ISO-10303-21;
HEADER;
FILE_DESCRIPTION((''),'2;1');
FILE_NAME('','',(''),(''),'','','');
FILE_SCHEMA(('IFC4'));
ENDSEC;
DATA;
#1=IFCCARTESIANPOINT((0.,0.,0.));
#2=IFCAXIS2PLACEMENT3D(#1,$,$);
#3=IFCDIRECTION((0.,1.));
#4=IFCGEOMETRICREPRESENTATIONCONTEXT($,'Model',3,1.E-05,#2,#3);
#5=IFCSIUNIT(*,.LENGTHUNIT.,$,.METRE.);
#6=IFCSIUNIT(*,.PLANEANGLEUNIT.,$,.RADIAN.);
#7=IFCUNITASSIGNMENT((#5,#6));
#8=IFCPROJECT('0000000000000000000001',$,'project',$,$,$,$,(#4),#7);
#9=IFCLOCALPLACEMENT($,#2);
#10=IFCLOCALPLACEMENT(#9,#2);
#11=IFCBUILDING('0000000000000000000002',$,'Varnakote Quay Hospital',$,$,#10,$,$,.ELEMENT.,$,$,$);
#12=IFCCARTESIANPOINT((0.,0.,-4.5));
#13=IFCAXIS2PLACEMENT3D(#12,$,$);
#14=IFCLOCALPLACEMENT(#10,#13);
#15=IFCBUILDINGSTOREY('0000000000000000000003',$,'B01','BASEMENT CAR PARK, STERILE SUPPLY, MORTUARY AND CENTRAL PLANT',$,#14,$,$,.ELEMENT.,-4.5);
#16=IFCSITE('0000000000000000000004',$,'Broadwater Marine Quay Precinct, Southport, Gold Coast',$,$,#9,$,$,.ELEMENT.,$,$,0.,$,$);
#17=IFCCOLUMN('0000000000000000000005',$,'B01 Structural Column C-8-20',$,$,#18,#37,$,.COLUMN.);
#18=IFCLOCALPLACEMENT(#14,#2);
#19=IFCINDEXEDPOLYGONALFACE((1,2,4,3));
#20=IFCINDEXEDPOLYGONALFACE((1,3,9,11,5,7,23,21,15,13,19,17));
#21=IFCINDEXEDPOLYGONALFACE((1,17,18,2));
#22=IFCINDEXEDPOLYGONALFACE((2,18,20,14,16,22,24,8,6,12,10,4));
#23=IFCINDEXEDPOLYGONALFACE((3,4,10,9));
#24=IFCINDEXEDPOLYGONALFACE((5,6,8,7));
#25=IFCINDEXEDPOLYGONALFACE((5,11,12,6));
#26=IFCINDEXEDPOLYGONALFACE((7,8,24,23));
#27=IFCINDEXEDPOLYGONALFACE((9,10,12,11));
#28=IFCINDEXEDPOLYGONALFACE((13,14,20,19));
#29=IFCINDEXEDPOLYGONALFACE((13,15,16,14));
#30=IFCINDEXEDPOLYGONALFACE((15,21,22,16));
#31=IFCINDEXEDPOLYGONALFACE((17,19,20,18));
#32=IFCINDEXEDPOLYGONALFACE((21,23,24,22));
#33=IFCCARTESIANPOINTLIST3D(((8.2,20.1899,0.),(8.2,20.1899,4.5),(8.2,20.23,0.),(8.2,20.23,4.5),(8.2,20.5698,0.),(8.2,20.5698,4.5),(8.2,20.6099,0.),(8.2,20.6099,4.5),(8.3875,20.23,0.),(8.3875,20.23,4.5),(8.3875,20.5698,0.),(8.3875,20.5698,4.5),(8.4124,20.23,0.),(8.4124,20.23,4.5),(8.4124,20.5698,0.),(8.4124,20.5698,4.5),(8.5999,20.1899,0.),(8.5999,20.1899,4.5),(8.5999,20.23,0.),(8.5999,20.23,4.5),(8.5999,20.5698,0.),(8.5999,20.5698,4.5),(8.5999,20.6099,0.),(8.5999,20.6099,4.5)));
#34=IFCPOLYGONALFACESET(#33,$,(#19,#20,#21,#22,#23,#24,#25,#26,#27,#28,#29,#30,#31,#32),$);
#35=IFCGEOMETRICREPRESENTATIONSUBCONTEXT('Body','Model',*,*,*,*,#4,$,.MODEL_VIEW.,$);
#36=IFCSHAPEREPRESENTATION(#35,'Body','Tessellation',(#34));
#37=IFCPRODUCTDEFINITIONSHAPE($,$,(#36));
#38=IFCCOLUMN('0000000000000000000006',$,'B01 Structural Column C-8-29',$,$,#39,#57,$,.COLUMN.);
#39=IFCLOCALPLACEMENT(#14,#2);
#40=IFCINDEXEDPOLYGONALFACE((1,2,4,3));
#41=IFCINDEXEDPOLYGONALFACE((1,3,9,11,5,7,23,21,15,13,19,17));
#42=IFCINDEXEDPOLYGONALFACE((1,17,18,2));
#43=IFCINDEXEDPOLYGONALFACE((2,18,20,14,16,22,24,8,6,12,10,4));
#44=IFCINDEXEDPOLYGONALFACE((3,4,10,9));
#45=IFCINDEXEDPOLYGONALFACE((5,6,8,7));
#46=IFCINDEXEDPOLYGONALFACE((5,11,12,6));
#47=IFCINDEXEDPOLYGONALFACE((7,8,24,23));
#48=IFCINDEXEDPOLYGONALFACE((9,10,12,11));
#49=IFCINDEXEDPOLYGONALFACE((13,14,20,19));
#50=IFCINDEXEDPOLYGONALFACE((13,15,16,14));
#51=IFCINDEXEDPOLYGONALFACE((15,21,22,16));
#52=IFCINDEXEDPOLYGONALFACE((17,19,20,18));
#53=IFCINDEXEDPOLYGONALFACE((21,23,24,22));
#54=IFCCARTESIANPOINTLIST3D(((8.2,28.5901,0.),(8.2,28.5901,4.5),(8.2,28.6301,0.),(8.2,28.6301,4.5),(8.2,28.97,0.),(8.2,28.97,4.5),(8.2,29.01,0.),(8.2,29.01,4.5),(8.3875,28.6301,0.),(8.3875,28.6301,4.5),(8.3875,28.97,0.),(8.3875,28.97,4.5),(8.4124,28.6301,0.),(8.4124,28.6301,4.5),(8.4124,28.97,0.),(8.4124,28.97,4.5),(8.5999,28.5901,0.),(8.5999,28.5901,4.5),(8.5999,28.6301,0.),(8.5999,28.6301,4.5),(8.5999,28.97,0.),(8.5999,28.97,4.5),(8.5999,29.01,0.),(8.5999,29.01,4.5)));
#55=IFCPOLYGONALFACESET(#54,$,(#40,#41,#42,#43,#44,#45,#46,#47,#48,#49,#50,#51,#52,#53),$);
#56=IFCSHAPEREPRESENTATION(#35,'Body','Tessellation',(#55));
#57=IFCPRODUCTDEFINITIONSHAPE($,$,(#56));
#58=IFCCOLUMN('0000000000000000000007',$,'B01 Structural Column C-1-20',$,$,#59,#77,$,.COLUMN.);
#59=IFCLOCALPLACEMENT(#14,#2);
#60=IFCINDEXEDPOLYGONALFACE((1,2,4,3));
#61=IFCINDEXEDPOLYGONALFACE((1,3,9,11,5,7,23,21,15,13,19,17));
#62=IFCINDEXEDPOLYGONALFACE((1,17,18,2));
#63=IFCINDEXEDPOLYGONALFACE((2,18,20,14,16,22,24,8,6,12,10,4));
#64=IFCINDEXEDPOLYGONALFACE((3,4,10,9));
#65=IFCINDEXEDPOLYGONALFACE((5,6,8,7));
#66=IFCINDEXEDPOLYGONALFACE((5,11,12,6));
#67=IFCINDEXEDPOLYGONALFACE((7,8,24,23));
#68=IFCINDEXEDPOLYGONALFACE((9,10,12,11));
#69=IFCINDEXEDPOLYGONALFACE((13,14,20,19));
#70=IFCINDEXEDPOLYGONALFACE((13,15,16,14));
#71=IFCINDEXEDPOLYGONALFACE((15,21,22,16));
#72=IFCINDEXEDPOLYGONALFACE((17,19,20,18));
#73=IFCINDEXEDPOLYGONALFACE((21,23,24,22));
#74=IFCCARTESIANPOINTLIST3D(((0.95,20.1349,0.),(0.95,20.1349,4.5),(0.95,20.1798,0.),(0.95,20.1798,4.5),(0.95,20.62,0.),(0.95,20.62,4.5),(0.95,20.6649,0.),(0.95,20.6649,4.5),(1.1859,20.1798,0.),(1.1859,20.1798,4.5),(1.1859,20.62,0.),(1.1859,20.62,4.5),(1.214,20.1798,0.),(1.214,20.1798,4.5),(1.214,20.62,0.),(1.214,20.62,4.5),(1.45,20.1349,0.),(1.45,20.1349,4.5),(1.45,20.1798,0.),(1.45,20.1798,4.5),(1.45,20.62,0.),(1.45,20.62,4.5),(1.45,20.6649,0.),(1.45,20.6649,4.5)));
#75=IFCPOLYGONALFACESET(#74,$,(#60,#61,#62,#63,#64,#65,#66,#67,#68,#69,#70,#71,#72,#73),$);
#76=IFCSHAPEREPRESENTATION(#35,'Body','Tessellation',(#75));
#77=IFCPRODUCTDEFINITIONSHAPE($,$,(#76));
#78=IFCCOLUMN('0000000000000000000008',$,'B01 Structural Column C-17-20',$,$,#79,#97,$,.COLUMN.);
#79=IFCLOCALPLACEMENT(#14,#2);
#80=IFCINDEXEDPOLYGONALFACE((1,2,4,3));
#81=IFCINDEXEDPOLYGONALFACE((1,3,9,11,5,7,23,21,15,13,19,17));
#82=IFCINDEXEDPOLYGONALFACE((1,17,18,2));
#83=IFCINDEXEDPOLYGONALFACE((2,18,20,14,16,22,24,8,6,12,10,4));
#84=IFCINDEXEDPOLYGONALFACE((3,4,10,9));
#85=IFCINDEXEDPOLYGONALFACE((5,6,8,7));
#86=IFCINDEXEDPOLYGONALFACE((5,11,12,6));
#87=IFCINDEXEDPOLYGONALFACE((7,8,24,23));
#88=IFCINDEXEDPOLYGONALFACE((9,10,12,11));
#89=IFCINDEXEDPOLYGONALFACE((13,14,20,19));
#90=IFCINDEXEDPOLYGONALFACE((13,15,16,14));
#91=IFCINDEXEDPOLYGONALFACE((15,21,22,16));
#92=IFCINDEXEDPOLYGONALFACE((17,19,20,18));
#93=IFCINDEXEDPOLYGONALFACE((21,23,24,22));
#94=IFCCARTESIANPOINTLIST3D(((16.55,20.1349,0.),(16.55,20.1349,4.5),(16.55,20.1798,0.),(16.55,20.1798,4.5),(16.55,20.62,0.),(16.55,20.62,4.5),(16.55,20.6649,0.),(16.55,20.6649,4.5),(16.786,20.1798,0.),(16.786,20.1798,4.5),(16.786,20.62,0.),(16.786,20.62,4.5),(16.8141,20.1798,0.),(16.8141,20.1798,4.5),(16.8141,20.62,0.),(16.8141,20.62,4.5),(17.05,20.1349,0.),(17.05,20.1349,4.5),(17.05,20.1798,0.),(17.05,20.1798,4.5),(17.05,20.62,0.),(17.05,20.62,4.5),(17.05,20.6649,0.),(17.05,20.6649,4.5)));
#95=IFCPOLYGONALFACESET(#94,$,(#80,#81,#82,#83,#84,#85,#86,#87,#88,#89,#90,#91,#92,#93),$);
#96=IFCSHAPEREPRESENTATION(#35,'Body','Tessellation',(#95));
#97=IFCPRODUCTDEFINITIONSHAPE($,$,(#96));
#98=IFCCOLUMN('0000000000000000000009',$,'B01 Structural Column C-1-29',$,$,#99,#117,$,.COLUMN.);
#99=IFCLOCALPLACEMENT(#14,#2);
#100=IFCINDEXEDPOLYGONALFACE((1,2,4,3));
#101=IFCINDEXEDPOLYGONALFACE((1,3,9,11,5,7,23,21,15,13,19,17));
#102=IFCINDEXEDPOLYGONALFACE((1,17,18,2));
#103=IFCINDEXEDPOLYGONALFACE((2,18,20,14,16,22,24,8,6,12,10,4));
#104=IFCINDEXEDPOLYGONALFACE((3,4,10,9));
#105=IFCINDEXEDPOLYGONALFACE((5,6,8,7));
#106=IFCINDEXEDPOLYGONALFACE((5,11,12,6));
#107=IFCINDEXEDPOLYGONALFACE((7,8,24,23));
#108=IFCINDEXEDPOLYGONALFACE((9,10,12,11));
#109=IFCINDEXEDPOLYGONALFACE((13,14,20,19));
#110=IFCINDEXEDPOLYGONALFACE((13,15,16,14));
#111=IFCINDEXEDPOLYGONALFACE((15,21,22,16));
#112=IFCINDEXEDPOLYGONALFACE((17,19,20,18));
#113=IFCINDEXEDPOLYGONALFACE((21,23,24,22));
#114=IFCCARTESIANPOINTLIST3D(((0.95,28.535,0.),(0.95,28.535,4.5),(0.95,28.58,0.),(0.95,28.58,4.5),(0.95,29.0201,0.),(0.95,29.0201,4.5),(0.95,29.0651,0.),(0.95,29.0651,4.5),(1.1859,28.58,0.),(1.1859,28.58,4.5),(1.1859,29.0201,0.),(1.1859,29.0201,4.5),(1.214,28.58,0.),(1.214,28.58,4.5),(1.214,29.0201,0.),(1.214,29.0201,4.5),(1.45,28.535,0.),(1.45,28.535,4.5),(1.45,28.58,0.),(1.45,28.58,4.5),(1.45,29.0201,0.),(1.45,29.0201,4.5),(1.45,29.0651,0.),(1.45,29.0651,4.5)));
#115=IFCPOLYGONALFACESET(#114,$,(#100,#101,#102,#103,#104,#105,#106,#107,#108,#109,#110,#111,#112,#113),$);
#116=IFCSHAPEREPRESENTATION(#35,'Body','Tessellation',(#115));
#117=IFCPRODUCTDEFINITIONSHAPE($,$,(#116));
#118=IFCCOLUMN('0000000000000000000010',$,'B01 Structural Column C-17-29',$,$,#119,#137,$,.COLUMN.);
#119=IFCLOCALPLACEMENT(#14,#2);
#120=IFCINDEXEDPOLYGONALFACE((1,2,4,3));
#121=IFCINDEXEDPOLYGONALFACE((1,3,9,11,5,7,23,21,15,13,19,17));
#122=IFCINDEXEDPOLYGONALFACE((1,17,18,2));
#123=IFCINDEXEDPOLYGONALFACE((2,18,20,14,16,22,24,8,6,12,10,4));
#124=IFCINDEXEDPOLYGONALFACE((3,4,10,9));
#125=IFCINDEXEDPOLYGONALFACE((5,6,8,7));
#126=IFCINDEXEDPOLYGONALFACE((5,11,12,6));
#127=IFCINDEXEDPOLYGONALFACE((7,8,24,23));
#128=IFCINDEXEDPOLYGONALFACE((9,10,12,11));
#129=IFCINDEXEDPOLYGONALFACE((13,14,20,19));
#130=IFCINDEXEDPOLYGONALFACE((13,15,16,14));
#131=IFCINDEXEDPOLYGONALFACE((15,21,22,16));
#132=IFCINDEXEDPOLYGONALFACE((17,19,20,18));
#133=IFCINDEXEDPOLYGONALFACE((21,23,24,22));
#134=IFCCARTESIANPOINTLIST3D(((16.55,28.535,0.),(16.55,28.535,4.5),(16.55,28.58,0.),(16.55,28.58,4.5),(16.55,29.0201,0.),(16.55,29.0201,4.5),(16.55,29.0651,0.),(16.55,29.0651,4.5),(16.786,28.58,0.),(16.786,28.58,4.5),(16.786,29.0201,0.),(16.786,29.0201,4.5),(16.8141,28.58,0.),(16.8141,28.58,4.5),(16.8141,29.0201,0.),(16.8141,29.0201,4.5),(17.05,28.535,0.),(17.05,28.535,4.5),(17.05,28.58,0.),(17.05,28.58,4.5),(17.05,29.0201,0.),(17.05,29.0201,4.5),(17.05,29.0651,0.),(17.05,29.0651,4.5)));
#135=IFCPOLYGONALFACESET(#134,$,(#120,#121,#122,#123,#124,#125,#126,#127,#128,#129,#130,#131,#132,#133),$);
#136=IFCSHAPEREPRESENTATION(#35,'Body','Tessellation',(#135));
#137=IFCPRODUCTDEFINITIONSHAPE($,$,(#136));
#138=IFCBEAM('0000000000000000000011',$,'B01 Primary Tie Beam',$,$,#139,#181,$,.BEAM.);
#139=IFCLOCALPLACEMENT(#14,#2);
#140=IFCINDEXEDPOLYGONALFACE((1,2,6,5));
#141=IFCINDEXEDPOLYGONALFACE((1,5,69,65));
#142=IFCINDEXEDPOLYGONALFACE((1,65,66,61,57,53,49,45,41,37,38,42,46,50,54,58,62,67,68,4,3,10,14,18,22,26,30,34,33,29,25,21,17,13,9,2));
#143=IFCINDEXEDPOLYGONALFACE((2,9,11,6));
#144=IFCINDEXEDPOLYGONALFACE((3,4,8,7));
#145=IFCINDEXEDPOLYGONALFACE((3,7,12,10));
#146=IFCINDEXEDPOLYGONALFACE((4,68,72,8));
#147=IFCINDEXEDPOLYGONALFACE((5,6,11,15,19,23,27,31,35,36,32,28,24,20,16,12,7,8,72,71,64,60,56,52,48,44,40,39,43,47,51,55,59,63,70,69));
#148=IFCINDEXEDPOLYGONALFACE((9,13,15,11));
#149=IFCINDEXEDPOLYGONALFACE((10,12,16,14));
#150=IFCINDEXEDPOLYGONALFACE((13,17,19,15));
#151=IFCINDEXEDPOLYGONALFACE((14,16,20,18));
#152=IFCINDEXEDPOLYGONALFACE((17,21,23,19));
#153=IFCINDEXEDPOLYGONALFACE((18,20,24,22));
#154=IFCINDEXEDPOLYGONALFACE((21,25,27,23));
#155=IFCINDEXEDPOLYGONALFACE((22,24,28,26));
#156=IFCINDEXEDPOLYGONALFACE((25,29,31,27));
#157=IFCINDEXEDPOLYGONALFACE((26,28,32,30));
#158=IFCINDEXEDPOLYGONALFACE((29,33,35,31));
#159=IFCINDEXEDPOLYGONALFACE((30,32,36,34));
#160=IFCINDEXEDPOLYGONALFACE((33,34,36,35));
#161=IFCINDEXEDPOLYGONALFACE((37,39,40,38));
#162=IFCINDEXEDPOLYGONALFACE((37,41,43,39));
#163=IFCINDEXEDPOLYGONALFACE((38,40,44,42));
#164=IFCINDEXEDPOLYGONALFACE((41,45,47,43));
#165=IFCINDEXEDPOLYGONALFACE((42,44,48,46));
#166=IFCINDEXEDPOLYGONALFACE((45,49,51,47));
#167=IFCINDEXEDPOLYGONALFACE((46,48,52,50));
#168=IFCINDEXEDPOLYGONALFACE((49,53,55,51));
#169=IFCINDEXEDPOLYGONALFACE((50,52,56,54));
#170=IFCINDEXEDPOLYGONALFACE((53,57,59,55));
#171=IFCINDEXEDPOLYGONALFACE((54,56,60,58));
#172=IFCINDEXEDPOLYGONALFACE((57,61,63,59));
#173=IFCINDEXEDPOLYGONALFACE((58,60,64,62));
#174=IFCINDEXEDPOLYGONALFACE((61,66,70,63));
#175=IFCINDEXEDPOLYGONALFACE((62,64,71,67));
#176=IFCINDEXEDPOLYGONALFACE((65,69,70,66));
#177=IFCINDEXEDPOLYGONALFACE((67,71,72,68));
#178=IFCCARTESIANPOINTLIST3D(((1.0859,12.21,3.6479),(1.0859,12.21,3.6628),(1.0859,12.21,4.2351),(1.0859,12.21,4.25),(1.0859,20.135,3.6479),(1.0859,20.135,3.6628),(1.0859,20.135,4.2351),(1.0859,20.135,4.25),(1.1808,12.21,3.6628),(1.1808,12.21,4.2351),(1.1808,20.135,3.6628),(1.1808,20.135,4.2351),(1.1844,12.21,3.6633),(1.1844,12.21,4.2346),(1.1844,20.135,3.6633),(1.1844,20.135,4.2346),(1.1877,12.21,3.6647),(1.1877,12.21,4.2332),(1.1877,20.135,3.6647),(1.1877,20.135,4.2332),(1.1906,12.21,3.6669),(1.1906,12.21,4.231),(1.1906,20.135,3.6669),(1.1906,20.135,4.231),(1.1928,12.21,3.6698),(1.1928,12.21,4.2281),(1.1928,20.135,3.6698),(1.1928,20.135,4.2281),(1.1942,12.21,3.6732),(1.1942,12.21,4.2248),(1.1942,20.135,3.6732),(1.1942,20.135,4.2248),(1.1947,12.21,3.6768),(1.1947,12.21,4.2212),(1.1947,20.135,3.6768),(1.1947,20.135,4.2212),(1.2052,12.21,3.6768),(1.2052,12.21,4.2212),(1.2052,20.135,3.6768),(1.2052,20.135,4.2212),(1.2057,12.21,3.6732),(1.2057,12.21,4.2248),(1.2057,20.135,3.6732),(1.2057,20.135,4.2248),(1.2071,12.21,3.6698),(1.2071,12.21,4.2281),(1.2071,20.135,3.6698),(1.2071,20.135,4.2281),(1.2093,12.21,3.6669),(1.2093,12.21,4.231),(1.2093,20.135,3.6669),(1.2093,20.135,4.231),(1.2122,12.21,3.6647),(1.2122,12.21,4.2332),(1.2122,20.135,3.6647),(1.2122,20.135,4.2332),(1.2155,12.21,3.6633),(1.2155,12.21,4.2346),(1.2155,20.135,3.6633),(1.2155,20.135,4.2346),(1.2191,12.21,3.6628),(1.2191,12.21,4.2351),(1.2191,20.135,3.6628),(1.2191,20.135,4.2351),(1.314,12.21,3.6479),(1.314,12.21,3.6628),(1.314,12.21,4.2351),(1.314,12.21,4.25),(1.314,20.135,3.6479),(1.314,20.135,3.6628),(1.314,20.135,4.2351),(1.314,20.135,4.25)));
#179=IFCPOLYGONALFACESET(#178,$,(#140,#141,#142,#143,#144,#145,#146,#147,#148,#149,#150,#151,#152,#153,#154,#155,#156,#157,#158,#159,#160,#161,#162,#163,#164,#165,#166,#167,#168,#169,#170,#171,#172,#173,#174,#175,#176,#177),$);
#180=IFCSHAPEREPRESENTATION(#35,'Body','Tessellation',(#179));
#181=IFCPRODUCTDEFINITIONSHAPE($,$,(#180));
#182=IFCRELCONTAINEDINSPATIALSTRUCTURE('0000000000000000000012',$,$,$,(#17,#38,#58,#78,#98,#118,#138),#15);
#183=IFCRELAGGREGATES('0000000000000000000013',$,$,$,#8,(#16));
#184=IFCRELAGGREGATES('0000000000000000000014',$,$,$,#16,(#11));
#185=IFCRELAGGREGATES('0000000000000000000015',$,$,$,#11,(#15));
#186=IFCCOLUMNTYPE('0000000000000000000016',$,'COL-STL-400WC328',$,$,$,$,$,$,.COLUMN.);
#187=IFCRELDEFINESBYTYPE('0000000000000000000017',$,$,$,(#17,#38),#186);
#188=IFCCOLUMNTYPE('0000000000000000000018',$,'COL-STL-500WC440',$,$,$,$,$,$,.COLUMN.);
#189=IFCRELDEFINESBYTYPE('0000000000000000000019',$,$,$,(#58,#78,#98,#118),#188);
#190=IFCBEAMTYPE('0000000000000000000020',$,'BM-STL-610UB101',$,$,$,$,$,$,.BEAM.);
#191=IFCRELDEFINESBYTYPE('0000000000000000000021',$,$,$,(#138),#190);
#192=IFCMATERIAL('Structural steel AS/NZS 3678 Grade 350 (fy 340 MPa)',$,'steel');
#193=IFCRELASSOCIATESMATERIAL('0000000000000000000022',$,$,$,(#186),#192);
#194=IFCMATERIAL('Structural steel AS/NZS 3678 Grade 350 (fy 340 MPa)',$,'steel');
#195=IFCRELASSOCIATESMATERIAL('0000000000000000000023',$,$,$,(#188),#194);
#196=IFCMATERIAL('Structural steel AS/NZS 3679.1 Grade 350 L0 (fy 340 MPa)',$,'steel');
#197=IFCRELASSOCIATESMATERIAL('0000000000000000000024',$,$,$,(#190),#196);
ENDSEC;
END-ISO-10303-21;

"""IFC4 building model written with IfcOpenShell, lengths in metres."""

from ifc_helpers import new_model, si_unit, direction, frame, origin, origin_2d, place, context, subcontext, project, spatial, i_section, extrude, material, material_profile, profile_set, type_object, element, save


model = new_model("IFC4")

# Units and contexts
model_context = context("Model", 3, precision=1e-05, world=origin(), true_north=direction((0.0, 1.0)))
body_context = subcontext(model_context, "Body", "Model", "MODEL_VIEW")
ifc_project = project(units=[si_unit("LENGTHUNIT", "METRE"), si_unit("PLANEANGLEUNIT", "RADIAN")], contexts=[model_context])

# Site, building, storey
site_placement = place(None, origin())
site = spatial("IfcSite", under=ifc_project, at=site_placement, Name="Broadwater Marine Quay Precinct, Southport, Gold Coast", CompositionType="ELEMENT", RefElevation=0.0)
building_placement = place(site_placement, origin())
building = spatial("IfcBuilding", under=site, at=building_placement, Name="Varnakote Quay Hospital", CompositionType="ELEMENT")
storey_placement = place(building_placement, frame((0.0, 0.0, -4.5)))
storey = spatial("IfcBuildingStorey", under=building, at=storey_placement, Name="B01", Description="BASEMENT CAR PARK, STERILE SUPPLY, MORTUARY AND CENTRAL PLANT", CompositionType="ELEMENT", Elevation=-4.5)

# Columns
ifc_material_1 = material(Name="Structural steel AS/NZS 3678 Grade 350 (fy 340 MPa)", Category="steel")
ifc_material_profile_1 = material_profile(ifc_material_1, i_section(OverallWidth=0.3999, OverallDepth=0.4199, WebThickness=0.0249, FlangeThickness=0.04, at=origin_2d()), Name="400WC328")
ifc_profile_set_1 = profile_set([ifc_material_profile_1], Name="Structural steel AS/NZS 3678 Grade 350 (fy 340 MPa)")
column_type_1 = type_object("IfcColumnType", Name="COL-STL-400WC328", PredefinedType="COLUMN", material=ifc_profile_set_1)
for number, where, z_axis, x_axis, name in (
    (1, (8.3999, 20.3999, 0.0), (0.0, 0.0, 1.0), (1.0, 0.0, 0.0), "B01 Structural Column C-8-20"),
    (2, (8.3999, 28.8, 0.0), (0.0, 0.0, 1.0), (1.0, 0.0, 0.0), "B01 Structural Column C-8-29"),
):
    element("IfcColumn", number, at=place(storey_placement, frame(where, z_axis=z_axis, x_axis=x_axis)), inside=storey, type_object=column_type_1, Name=name, PredefinedType="COLUMN", context=body_context, shape_type="SweptSolid", body=[
        extrude(i_section(OverallWidth=0.3999, OverallDepth=0.4199, WebThickness=0.0249, FlangeThickness=0.04, at=origin_2d()), origin(), (0.0, 0.0, 1.0), 4.5),
    ])
ifc_material_2 = material(Name="Structural steel AS/NZS 3678 Grade 350 (fy 340 MPa)", Category="steel")
ifc_material_profile_2 = material_profile(ifc_material_2, i_section(OverallWidth=0.5, OverallDepth=0.53, WebThickness=0.0281, FlangeThickness=0.0449, at=origin_2d()), Name="500WC440")
ifc_profile_set_2 = profile_set([ifc_material_profile_2], Name="Structural steel AS/NZS 3678 Grade 350 (fy 340 MPa)")
column_type_2 = type_object("IfcColumnType", Name="COL-STL-500WC440", PredefinedType="COLUMN", material=ifc_profile_set_2)
for number, where, z_axis, x_axis, name in (
    (3, (1.2, 20.3999, 0.0), (0.0, 0.0, 1.0), (1.0, 0.0, 0.0), "B01 Structural Column C-1-20"),
    (4, (16.8, 20.3999, 0.0), (0.0, 0.0, 1.0), (1.0, 0.0, 0.0), "B01 Structural Column C-17-20"),
    (5, (1.2, 28.8, 0.0), (0.0, 0.0, 1.0), (1.0, 0.0, 0.0), "B01 Structural Column C-1-29"),
    (6, (16.8, 28.8, 0.0), (0.0, 0.0, 1.0), (1.0, 0.0, 0.0), "B01 Structural Column C-17-29"),
):
    element("IfcColumn", number, at=place(storey_placement, frame(where, z_axis=z_axis, x_axis=x_axis)), inside=storey, type_object=column_type_2, Name=name, PredefinedType="COLUMN", context=body_context, shape_type="SweptSolid", body=[
        extrude(i_section(OverallWidth=0.5, OverallDepth=0.53, WebThickness=0.0281, FlangeThickness=0.0449, at=origin_2d()), origin(), (0.0, 0.0, 1.0), 4.5),
    ])

# Beam
ifc_material_3 = material(Name="Structural steel AS/NZS 3679.1 Grade 350 L0 (fy 340 MPa)", Category="steel")
ifc_material_profile_3 = material_profile(ifc_material_3, i_section(OverallWidth=0.228, OverallDepth=0.6021, WebThickness=0.0105, FlangeThickness=0.0149, FilletRadius=0.0139, at=origin_2d()), Name="610UB101")
ifc_profile_set_3 = profile_set([ifc_material_profile_3], Name="Structural steel AS/NZS 3679.1 Grade 350 L0 (fy 340 MPa)")
beam_type_1 = type_object("IfcBeamType", Name="BM-STL-610UB101", PredefinedType="BEAM", material=ifc_profile_set_3)
beam_1_placement = place(storey_placement, frame((1.2, 12.21, 3.949), z_axis=(0.0, 1.0, 0.0), x_axis=(-1.0, 0.0, 0.0)))
element("IfcBeam", 7, at=beam_1_placement, inside=storey, type_object=beam_type_1, Name="B01 Primary Tie Beam", PredefinedType="BEAM", context=body_context, shape_type="SweptSolid", body=[
    extrude(i_section(OverallWidth=0.228, OverallDepth=0.6021, WebThickness=0.0105, FlangeThickness=0.0149, FilletRadius=0.0139, at=origin_2d()), origin(), (0.0, 0.0, 1.0), 7.925),
])

save(model, "model.ifc")
